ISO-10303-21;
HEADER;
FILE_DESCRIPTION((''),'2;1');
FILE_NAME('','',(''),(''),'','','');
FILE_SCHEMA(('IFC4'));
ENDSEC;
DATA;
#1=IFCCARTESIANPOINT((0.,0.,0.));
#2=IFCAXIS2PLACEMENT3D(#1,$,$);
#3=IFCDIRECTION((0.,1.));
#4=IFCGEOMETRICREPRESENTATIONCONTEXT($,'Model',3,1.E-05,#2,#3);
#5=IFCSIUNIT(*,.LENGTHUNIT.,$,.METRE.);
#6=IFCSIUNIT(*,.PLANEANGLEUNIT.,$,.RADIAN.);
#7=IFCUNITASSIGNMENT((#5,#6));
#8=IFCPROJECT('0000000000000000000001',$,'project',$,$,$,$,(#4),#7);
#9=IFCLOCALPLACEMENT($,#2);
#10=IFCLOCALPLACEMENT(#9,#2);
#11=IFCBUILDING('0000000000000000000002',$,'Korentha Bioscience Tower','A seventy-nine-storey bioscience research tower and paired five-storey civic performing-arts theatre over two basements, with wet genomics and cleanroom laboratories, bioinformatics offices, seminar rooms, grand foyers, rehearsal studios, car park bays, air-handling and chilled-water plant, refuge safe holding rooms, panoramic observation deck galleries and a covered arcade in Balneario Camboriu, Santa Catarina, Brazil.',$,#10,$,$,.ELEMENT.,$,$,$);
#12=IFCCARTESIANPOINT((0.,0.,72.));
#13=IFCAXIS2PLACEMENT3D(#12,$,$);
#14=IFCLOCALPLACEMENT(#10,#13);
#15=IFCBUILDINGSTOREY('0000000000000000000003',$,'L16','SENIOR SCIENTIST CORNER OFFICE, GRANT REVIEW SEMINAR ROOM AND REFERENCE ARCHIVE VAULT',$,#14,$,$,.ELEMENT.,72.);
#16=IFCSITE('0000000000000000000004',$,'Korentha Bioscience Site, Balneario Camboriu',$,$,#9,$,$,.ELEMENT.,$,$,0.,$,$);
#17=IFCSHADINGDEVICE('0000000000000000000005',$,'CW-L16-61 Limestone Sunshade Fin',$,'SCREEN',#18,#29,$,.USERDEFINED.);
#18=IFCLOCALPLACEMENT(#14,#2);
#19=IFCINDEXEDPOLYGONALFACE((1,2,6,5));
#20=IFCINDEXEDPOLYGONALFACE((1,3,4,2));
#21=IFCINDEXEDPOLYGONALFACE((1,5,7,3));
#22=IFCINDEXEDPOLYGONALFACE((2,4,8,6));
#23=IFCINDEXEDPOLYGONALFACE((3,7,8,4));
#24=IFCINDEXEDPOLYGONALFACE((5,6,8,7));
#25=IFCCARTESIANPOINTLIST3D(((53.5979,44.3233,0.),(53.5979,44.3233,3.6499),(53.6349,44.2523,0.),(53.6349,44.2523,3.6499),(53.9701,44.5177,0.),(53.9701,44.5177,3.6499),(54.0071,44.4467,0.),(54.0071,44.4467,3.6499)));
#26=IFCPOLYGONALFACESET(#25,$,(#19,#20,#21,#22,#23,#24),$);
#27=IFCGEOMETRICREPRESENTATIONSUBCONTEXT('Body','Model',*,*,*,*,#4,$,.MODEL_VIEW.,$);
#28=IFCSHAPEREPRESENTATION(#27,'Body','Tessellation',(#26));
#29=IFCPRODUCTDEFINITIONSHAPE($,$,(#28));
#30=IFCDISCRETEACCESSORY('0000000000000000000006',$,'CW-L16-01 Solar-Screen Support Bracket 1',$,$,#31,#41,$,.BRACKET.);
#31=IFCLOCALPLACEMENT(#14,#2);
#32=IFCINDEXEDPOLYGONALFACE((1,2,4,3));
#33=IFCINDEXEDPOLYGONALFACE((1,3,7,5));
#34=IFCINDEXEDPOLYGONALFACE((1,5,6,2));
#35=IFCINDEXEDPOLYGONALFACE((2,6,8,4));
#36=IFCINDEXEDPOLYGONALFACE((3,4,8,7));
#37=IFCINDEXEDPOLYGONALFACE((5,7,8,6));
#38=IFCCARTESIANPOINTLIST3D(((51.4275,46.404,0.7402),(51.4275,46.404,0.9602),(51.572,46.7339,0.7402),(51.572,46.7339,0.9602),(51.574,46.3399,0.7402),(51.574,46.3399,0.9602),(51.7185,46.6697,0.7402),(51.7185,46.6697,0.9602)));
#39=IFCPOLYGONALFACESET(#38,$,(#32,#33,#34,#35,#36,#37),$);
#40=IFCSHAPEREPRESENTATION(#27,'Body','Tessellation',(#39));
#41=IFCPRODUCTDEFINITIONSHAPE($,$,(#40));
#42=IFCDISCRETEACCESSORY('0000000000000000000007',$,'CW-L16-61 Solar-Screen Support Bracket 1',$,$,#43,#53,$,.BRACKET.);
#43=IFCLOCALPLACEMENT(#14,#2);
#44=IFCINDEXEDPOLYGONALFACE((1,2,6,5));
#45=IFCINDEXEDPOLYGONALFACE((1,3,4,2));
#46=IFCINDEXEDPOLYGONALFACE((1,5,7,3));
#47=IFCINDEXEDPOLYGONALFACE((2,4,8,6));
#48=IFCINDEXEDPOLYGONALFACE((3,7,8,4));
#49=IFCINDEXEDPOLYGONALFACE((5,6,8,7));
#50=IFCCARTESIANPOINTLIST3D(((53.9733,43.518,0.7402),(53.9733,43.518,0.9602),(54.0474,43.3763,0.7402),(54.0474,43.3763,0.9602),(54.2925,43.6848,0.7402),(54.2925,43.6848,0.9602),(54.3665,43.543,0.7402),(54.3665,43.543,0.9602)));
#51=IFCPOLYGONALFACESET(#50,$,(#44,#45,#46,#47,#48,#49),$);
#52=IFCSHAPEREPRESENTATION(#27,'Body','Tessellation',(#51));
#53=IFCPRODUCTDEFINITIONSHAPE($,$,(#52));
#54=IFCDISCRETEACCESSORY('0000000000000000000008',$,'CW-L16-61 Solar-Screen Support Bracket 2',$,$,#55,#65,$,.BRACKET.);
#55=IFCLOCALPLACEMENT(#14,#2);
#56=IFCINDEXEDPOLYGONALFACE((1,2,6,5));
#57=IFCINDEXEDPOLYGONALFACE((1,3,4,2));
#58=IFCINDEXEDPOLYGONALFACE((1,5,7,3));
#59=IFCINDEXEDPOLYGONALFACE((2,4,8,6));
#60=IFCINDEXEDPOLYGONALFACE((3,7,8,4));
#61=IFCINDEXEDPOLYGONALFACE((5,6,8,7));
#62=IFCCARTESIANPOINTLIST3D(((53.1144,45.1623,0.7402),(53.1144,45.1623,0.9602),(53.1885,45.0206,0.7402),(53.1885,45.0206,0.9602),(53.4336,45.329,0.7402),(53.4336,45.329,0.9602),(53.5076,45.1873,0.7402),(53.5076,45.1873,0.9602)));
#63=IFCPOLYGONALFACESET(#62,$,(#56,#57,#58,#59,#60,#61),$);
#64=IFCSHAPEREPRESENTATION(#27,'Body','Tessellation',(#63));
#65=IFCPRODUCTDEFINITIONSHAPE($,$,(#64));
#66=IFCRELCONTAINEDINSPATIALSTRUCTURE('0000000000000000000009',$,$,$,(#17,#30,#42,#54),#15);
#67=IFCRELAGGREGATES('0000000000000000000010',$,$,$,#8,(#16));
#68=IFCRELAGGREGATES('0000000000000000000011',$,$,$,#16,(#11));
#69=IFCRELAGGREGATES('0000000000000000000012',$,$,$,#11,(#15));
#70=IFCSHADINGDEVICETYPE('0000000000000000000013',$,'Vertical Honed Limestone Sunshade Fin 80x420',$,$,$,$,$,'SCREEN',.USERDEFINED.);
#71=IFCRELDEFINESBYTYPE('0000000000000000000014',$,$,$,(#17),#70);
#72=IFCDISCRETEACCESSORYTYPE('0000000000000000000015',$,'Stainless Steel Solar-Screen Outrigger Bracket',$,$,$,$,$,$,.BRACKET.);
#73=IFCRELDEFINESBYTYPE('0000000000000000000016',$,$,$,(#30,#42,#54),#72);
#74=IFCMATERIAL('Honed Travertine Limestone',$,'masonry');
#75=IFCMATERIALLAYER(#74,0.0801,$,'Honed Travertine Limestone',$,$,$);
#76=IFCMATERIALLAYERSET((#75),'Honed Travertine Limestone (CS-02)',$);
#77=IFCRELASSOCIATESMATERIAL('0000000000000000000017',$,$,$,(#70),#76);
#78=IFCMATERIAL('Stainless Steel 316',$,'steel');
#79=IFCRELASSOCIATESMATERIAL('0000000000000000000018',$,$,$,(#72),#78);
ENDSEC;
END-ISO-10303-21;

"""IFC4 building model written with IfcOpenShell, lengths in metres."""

from ifc_helpers import new_model, si_unit, direction, frame, origin, origin_2d, place, context, subcontext, project, spatial, rectangle, extrude, material, layer, layer_set, type_object, element, save


model = new_model("IFC4")

# Units and contexts
model_context = context("Model", 3, precision=1e-05, world=origin(), true_north=direction((0.0, 1.0)))
body_context = subcontext(model_context, "Body", "Model", "MODEL_VIEW")
ifc_project = project(units=[si_unit("LENGTHUNIT", "METRE"), si_unit("PLANEANGLEUNIT", "RADIAN")], contexts=[model_context])

# Site, building, storey
site_placement = place(None, origin())
site = spatial("IfcSite", under=ifc_project, at=site_placement, Name="Korentha Bioscience Site, Balneario Camboriu", CompositionType="ELEMENT", RefElevation=0.0)
building_placement = place(site_placement, origin())
building = spatial("IfcBuilding", under=site, at=building_placement, Name="Korentha Bioscience Tower", Description="A seventy-nine-storey bioscience research tower and paired five-storey civic performing-arts theatre over two basements, with wet genomics and cleanroom laboratories, bioinformatics offices, seminar rooms, grand foyers, rehearsal studios, car park bays, air-handling and chilled-water plant, refuge safe holding rooms, panoramic observation deck galleries and a covered arcade in Balneario Camboriu, Santa Catarina, Brazil.", CompositionType="ELEMENT")
storey_placement = place(building_placement, frame((0.0, 0.0, 72.0)))
storey = spatial("IfcBuildingStorey", under=building, at=storey_placement, Name="L16", Description="SENIOR SCIENTIST CORNER OFFICE, GRANT REVIEW SEMINAR ROOM AND REFERENCE ARCHIVE VAULT", CompositionType="ELEMENT", Elevation=72.0)

# Shading device
ifc_material_1 = material(Name="Honed Travertine Limestone", Category="masonry")
ifc_layer_1 = layer(ifc_material_1, 0.0801, Name="Honed Travertine Limestone")
ifc_layer_set_1 = layer_set([ifc_layer_1], Name="Honed Travertine Limestone (CS-02)")
shading_device_type_1 = type_object("IfcShadingDeviceType", Name="Vertical Honed Limestone Sunshade Fin 80x420", ElementType="SCREEN", PredefinedType="USERDEFINED", material=ifc_layer_set_1)
for number, where, z_axis, x_axis, name in (
    (1, (53.8025, 44.385, 0.0), (0.0, 0.0, 1.0), (-0.463009, 0.886354, 0.0), "CW-L16-61 Limestone Sunshade Fin"),
):
    element("IfcShadingDevice", number, at=place(storey_placement, frame(where, z_axis=z_axis, x_axis=x_axis)), inside=storey, type_object=shading_device_type_1, Name=name, ObjectType="SCREEN", PredefinedType="USERDEFINED", context=body_context, shape_type="SweptSolid", body=[
        extrude(rectangle(XDim=0.0801, YDim=0.4199, at=origin_2d()), origin(), (0.0, 0.0, 1.0), 3.6499),
    ])

# Discrete accessories
ifc_material_2 = material(Name="Stainless Steel 316", Category="steel")
discrete_accessory_type = type_object("IfcDiscreteAccessoryType", Name="Stainless Steel Solar-Screen Outrigger Bracket", PredefinedType="BRACKET", material=ifc_material_2)
for number, where, z_axis, x_axis, name in (
    (2, (51.573, 46.5369, 0.7402), (0.0, 0.0, 1.0), (-0.915939, 0.401317, 0.0), "CW-L16-01 Solar-Screen Support Bracket 1"),
    (3, (54.1699, 43.5305, 0.7402), (0.0, 0.0, 1.0), (-0.463009, 0.886354, 0.0), "CW-L16-61 Solar-Screen Support Bracket 1"),
    (4, (53.311, 45.1748, 0.7402), (0.0, 0.0, 1.0), (-0.463009, 0.886354, 0.0), "CW-L16-61 Solar-Screen Support Bracket 2"),
):
    element("IfcDiscreteAccessory", number, at=place(storey_placement, frame(where, z_axis=z_axis, x_axis=x_axis)), inside=storey, type_object=discrete_accessory_type, Name=name, PredefinedType="BRACKET", context=body_context, shape_type="SweptSolid", body=[
        extrude(rectangle(XDim=0.1599, YDim=0.3601, at=origin_2d()), origin(), (0.0, 0.0, 1.0), 0.22),
    ])

save(model, "model.ifc")
